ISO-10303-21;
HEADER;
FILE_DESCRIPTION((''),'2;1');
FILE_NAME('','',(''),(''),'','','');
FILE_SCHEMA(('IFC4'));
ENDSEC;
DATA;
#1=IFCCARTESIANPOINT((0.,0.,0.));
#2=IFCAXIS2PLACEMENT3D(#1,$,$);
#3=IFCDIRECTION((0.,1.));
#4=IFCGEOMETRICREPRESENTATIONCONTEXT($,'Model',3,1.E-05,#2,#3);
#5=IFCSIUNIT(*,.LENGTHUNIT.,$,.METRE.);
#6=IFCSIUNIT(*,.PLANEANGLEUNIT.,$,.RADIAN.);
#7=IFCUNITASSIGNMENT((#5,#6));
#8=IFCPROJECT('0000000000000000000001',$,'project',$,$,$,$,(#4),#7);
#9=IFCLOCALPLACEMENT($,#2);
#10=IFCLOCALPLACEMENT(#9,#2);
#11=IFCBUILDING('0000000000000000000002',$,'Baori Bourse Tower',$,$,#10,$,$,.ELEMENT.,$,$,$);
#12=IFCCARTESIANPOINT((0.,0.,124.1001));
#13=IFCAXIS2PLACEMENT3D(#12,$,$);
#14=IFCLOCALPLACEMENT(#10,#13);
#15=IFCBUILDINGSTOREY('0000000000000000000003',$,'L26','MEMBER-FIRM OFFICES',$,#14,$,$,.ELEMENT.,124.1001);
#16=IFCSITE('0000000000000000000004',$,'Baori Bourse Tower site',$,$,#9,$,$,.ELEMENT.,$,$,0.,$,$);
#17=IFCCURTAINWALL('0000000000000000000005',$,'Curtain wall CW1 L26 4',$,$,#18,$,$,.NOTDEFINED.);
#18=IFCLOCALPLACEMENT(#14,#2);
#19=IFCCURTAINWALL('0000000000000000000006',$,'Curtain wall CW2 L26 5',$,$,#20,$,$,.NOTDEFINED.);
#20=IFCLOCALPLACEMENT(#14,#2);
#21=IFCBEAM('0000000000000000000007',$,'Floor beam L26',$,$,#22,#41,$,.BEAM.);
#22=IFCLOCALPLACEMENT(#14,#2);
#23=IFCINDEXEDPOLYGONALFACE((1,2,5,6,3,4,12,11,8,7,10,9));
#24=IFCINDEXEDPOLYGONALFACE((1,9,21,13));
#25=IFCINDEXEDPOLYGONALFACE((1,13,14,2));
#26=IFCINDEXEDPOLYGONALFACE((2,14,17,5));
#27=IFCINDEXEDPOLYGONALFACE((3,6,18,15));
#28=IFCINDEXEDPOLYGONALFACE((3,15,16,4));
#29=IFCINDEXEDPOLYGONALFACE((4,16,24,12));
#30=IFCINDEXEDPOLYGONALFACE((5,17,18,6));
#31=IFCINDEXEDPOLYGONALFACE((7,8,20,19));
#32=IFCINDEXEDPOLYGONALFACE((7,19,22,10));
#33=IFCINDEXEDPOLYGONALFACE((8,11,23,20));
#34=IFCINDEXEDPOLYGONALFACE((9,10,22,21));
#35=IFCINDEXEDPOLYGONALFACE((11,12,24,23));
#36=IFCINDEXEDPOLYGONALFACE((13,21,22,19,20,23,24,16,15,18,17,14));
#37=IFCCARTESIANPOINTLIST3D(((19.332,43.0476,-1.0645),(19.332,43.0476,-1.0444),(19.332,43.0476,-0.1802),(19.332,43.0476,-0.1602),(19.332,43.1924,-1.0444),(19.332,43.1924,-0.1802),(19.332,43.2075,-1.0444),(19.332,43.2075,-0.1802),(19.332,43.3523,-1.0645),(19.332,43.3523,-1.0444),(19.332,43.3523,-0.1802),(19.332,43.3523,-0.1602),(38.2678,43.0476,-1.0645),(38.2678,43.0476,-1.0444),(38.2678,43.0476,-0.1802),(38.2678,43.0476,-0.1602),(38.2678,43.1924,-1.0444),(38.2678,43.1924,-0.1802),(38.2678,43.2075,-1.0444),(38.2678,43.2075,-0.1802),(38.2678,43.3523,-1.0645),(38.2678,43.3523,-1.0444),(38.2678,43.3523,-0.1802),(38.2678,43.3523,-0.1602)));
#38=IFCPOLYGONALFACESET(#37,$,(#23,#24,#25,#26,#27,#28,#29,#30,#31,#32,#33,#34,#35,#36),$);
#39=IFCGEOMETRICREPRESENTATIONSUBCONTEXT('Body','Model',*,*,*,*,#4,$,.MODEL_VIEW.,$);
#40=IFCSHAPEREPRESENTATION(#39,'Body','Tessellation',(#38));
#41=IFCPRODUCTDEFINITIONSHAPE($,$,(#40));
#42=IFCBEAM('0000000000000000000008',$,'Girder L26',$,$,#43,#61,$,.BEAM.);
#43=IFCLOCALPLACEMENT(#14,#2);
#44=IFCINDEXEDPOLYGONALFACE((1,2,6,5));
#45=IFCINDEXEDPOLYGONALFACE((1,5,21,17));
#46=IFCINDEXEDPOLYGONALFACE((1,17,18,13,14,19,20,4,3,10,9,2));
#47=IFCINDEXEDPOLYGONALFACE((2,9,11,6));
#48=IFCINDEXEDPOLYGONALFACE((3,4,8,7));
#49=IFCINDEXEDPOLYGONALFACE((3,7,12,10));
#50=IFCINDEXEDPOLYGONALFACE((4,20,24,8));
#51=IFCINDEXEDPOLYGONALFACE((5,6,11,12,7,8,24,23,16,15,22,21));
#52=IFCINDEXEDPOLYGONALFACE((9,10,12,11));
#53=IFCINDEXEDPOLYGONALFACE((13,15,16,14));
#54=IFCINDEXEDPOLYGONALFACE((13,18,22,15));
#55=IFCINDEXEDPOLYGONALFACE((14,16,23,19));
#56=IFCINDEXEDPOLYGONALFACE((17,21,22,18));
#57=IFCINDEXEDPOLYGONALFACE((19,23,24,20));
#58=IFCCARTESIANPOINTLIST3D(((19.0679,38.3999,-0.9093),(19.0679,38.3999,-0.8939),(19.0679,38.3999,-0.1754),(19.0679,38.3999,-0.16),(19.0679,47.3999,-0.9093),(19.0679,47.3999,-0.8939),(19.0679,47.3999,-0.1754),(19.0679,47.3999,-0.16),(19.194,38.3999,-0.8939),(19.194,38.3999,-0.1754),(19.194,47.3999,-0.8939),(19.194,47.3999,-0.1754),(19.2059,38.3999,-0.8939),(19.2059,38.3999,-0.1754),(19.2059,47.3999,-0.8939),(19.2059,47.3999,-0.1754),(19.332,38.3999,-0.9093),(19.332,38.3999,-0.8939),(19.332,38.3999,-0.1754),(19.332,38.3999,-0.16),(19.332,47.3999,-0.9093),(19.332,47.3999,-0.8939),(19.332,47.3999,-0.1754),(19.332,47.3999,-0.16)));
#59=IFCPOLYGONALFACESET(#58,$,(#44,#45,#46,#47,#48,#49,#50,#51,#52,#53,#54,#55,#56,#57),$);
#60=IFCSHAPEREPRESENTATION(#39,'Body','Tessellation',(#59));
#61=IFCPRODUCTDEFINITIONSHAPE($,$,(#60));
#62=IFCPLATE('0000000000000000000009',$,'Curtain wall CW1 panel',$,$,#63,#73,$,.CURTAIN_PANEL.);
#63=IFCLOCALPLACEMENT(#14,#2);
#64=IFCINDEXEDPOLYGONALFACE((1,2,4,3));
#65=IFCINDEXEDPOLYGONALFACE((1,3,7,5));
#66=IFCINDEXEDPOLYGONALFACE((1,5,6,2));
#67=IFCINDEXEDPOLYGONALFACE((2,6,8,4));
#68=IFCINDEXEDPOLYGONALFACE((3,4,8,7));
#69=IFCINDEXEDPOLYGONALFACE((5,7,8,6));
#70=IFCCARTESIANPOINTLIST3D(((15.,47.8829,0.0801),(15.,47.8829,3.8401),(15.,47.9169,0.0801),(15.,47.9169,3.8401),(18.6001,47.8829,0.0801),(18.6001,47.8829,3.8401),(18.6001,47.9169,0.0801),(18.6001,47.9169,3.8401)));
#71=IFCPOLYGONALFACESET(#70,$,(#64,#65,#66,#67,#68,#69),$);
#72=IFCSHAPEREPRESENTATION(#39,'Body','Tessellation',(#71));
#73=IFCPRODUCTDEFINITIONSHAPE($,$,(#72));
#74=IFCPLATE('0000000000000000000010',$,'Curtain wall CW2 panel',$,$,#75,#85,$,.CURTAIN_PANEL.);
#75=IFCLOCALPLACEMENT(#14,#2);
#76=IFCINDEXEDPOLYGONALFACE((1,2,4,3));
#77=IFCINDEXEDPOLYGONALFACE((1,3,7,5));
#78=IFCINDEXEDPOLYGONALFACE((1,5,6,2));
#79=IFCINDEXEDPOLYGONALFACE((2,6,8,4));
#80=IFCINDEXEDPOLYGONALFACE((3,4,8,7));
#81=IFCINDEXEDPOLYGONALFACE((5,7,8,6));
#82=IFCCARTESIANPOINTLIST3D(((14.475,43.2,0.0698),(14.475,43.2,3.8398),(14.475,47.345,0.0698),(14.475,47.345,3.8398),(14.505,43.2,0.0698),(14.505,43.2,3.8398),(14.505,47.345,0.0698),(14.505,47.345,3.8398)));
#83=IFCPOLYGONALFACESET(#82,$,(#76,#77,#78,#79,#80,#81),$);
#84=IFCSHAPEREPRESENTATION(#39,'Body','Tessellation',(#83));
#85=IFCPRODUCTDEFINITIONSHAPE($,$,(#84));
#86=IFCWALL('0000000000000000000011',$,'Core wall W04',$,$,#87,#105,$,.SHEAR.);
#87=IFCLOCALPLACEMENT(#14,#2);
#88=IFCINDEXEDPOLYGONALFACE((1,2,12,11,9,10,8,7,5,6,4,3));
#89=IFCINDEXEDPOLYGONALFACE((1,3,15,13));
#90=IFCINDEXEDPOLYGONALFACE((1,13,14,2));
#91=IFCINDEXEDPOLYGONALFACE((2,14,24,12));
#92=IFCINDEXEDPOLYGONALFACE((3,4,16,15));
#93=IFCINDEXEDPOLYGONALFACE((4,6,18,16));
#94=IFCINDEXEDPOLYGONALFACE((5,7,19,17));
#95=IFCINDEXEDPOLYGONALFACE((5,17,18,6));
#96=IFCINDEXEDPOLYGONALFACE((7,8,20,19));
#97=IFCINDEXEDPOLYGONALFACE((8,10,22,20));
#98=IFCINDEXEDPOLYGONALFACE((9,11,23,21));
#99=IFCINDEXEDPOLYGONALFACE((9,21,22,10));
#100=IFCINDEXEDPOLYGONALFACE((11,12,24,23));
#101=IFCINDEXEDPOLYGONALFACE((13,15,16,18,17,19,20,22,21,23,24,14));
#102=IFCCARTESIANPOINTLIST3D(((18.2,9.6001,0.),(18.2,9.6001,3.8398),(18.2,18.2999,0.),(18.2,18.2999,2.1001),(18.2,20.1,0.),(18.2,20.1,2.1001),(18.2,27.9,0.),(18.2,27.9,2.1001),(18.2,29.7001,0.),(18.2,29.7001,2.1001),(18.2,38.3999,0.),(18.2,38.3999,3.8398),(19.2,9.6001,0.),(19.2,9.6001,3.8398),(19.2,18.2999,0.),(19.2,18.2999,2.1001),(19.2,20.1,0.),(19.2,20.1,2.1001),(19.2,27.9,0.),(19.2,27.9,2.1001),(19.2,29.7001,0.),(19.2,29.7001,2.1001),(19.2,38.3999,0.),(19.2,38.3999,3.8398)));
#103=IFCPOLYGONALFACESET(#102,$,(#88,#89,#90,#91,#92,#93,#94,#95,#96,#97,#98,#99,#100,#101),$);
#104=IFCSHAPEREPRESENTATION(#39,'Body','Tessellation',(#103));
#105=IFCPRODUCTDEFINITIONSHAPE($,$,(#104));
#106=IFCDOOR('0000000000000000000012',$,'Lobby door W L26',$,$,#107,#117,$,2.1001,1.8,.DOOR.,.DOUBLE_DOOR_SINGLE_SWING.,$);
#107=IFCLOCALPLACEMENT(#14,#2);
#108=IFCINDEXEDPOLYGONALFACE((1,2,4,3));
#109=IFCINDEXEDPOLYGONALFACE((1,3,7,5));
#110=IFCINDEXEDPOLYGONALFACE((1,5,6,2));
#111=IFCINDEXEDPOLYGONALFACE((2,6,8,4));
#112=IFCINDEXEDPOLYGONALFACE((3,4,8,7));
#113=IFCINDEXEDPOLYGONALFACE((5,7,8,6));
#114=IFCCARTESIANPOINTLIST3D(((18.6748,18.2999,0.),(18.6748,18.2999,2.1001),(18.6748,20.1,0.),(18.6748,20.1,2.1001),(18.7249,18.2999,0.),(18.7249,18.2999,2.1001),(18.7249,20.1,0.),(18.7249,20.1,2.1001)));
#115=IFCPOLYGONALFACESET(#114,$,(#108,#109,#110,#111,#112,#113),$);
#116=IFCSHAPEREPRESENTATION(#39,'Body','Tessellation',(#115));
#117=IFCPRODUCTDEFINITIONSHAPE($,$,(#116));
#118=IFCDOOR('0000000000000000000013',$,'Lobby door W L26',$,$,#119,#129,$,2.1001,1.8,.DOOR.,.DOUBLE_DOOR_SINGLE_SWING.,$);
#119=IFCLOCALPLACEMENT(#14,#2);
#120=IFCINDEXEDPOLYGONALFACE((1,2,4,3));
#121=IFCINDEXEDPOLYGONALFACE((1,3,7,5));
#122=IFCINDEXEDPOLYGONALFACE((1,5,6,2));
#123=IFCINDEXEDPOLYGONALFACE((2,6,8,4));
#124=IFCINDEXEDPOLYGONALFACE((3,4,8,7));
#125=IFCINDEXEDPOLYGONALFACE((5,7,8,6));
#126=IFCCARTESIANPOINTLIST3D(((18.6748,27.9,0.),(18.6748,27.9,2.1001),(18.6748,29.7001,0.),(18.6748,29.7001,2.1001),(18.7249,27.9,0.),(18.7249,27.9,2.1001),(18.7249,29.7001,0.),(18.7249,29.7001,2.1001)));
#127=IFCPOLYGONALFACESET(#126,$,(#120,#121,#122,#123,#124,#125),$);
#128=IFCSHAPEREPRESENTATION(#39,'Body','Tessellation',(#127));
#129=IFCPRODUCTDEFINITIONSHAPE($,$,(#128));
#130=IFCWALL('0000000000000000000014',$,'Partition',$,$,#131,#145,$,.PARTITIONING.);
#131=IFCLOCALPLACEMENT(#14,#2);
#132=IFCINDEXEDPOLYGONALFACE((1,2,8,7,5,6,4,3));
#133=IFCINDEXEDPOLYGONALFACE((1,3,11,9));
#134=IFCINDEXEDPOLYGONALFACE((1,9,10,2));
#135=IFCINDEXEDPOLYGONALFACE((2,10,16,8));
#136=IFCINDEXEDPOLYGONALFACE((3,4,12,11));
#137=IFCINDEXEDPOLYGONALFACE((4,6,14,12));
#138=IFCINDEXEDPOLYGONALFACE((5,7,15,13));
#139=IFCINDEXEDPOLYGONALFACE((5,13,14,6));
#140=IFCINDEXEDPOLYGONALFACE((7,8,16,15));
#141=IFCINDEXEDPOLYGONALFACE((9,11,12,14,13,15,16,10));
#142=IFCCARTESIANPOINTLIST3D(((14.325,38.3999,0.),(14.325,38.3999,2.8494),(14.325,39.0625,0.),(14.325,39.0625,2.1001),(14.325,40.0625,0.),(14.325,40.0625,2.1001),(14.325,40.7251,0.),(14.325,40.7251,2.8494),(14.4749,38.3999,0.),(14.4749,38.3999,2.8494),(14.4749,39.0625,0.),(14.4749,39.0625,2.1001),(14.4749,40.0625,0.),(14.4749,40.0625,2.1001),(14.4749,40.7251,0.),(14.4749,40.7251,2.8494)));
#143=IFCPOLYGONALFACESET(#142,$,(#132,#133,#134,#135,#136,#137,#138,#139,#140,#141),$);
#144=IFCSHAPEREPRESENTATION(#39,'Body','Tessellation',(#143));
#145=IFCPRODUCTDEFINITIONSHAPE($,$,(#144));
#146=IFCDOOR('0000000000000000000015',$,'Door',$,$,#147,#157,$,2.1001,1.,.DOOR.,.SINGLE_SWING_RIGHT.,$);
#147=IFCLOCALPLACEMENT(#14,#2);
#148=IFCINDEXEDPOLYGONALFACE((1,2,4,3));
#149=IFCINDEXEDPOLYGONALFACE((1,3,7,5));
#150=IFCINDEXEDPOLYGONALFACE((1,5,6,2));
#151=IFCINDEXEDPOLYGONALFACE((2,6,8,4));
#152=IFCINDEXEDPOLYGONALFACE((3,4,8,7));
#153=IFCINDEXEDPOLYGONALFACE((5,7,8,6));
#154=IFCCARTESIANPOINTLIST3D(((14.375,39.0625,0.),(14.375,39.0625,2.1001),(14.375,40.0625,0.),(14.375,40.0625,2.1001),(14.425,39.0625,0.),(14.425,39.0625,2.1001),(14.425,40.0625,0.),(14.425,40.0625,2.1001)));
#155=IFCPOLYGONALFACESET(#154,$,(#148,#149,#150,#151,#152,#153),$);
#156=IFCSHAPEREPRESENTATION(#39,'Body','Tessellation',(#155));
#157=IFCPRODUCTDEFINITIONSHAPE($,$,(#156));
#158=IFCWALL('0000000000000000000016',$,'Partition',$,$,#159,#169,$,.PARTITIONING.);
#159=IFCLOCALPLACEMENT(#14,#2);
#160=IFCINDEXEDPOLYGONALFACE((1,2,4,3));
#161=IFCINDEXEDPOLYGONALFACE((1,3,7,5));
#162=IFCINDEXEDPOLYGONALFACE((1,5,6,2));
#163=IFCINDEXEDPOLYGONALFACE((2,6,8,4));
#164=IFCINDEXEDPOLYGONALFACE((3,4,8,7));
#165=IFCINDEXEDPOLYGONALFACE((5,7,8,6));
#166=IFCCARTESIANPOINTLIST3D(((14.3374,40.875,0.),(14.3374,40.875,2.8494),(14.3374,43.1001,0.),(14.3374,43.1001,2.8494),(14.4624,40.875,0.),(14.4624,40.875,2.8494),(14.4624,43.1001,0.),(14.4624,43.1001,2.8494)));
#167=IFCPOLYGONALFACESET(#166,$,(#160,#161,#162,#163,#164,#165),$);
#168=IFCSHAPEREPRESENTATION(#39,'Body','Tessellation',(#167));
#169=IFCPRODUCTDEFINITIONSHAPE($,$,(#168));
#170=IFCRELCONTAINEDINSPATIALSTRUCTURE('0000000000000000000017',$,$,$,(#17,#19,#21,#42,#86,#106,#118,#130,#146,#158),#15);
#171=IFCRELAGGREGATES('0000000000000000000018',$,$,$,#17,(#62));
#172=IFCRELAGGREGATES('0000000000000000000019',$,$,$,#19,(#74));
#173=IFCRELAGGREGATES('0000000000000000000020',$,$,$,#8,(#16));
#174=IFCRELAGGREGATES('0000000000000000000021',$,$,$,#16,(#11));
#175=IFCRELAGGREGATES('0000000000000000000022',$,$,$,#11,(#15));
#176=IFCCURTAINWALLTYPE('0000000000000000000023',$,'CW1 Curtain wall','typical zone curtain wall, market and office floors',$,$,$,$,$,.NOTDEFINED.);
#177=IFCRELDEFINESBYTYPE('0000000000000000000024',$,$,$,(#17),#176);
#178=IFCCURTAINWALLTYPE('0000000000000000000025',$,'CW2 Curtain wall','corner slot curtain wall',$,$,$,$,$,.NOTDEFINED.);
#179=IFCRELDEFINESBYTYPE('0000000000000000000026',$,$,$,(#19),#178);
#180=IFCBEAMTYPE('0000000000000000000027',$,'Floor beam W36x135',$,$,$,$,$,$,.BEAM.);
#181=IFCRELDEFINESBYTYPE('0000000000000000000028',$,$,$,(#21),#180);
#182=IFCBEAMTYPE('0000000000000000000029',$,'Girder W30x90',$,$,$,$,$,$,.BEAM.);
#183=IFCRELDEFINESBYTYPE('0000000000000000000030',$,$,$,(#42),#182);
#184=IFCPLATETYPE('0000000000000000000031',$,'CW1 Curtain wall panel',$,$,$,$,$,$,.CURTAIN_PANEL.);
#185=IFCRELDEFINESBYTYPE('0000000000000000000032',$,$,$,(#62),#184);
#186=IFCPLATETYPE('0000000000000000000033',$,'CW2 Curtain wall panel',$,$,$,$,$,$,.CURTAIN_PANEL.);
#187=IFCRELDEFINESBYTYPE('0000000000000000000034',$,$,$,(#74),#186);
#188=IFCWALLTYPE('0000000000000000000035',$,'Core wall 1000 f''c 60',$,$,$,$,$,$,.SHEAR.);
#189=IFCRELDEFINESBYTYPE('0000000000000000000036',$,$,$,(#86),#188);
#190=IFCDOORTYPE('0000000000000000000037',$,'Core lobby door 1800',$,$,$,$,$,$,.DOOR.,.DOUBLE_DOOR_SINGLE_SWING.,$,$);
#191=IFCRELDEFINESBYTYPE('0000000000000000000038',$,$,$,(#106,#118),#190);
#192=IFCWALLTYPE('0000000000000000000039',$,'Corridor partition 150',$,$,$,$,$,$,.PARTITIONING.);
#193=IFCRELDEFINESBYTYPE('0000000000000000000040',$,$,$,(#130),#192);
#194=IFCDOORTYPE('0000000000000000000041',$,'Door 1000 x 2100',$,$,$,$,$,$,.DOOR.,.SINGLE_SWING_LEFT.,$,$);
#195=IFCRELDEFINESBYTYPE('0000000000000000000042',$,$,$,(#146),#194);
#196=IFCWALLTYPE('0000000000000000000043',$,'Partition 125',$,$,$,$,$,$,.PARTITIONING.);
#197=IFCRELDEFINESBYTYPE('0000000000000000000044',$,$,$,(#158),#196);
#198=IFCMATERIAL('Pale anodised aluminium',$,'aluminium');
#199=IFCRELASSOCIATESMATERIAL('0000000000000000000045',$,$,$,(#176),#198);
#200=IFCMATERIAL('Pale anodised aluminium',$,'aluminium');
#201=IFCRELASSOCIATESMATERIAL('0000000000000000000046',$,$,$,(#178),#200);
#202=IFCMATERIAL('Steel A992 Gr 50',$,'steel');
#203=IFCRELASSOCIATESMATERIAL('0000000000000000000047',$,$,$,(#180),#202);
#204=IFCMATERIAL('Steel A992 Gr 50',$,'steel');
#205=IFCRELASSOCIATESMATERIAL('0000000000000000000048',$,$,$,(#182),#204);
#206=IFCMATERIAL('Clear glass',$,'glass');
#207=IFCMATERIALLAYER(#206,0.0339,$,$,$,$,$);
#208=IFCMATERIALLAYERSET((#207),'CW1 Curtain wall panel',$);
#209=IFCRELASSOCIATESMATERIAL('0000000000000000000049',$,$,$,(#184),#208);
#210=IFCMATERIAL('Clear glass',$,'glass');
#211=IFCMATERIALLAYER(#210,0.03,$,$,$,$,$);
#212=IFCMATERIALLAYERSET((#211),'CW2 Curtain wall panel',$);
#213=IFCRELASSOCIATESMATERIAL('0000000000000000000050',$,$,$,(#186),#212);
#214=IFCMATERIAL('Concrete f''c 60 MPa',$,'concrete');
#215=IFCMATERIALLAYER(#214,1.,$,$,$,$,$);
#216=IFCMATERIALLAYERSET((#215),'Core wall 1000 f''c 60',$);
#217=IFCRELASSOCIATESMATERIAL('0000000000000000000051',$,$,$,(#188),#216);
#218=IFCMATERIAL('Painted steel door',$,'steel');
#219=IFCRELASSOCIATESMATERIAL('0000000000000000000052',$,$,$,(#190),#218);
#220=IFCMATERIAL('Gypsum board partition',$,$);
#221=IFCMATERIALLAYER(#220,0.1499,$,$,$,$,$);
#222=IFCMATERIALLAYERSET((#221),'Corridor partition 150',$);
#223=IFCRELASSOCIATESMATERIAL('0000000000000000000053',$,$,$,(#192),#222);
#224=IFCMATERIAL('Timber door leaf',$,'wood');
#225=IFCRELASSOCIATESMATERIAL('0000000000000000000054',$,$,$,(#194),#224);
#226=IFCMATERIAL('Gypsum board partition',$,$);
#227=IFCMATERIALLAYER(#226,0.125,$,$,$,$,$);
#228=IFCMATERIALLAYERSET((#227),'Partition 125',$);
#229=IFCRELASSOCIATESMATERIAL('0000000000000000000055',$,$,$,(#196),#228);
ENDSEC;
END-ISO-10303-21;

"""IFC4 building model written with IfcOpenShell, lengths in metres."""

from ifc_helpers import new_model, si_unit, direction, frame, frame_2d, origin, origin_2d, place, context, subcontext, project, spatial, rectangle, i_section, extrude, material, layer, layer_set, material_profile, profile_set, type_object, element, fill, aggregate, save


model = new_model("IFC4")

# Units and contexts
model_context = context("Model", 3, precision=1e-05, world=origin(), true_north=direction((0.0, 1.0)))
body_context = subcontext(model_context, "Body", "Model", "MODEL_VIEW")
ifc_project = project(units=[si_unit("LENGTHUNIT", "METRE"), si_unit("PLANEANGLEUNIT", "RADIAN")], contexts=[model_context])

# Site, building, storey
site_placement = place(None, origin())
site = spatial("IfcSite", under=ifc_project, at=site_placement, Name="Baori Bourse Tower site", CompositionType="ELEMENT", RefElevation=0.0)
building_placement = place(site_placement, origin())
building = spatial("IfcBuilding", under=site, at=building_placement, Name="Baori Bourse Tower", CompositionType="ELEMENT")
storey_placement = place(building_placement, frame((0.0, 0.0, 124.1001)))
storey = spatial("IfcBuildingStorey", under=building, at=storey_placement, Name="L26", Description="MEMBER-FIRM OFFICES", CompositionType="ELEMENT", Elevation=124.1001)

# Curtain wall
ifc_material_1 = material(Name="Pale anodised aluminium", Category="aluminium")
curtain_wall_type_1 = type_object("IfcCurtainWallType", Name="CW1 Curtain wall", Description="typical zone curtain wall, market and office floors", PredefinedType="NOTDEFINED", material=ifc_material_1)
curtain_wall_1_placement = place(storey_placement, origin())
curtain_wall_1 = element("IfcCurtainWall", 1, at=curtain_wall_1_placement, inside=storey, type_object=curtain_wall_type_1, Name="Curtain wall CW1 L26 4", PredefinedType="NOTDEFINED")

# Curtain wall
ifc_material_2 = material(Name="Pale anodised aluminium", Category="aluminium")
curtain_wall_type_2 = type_object("IfcCurtainWallType", Name="CW2 Curtain wall", Description="corner slot curtain wall", PredefinedType="NOTDEFINED", material=ifc_material_2)
curtain_wall_2_placement = place(storey_placement, origin())
curtain_wall_2 = element("IfcCurtainWall", 2, at=curtain_wall_2_placement, inside=storey, type_object=curtain_wall_type_2, Name="Curtain wall CW2 L26 5", PredefinedType="NOTDEFINED")

# Beams
ifc_material_3 = material(Name="Steel A992 Gr 50", Category="steel")
ifc_material_profile_1 = material_profile(ifc_material_3, i_section(OverallWidth=0.3047, OverallDepth=0.9043, WebThickness=0.0151, FlangeThickness=0.02, at=origin_2d()), Name="W36x135")
ifc_profile_set_1 = profile_set([ifc_material_profile_1], Name="Steel A992 Gr 50")
beam_type_1 = type_object("IfcBeamType", Name="Floor beam W36x135", PredefinedType="BEAM", material=ifc_profile_set_1)
beam_1_placement = place(storey_placement, frame((19.332, 43.2, -0.6123), z_axis=(1.0, 0.0, 0.0), x_axis=(0.0, 1.0, 0.0)))
element("IfcBeam", 3, at=beam_1_placement, inside=storey, type_object=beam_type_1, Name="Floor beam L26", PredefinedType="BEAM", context=body_context, shape_type="SweptSolid", body=[
    extrude(i_section(OverallWidth=0.3047, OverallDepth=0.9043, WebThickness=0.0151, FlangeThickness=0.02, at=origin_2d()), origin(), (0.0, 0.0, 1.0), 18.9358),
])
ifc_material_4 = material(Name="Steel A992 Gr 50", Category="steel")
ifc_material_profile_2 = material_profile(ifc_material_4, i_section(OverallWidth=0.2642, OverallDepth=0.7493, WebThickness=0.012, FlangeThickness=0.0154, at=origin_2d()), Name="W30x90")
ifc_profile_set_2 = profile_set([ifc_material_profile_2], Name="Steel A992 Gr 50")
beam_type_2 = type_object("IfcBeamType", Name="Girder W30x90", PredefinedType="BEAM", material=ifc_profile_set_2)
beam_2_placement = place(storey_placement, frame((19.2, 38.3999, -0.5347), z_axis=(0.0, 1.0, 0.0), x_axis=(-1.0, 0.0, 0.0)))
element("IfcBeam", 4, at=beam_2_placement, inside=storey, type_object=beam_type_2, Name="Girder L26", PredefinedType="BEAM", context=body_context, shape_type="SweptSolid", body=[
    extrude(i_section(OverallWidth=0.2642, OverallDepth=0.7493, WebThickness=0.012, FlangeThickness=0.0154, at=origin_2d()), origin(), (0.0, 0.0, 1.0), 9.0),
])

# Plates
ifc_material_5 = material(Name="Clear glass", Category="glass")
ifc_layer_1 = layer(ifc_material_5, 0.0339)
ifc_layer_set_1 = layer_set([ifc_layer_1], Name="CW1 Curtain wall panel")
plate_type_1 = type_object("IfcPlateType", Name="CW1 Curtain wall panel", PredefinedType="CURTAIN_PANEL", material=ifc_layer_set_1)
plate_1_placement = place(storey_placement, frame((16.8, 47.8999, 0.0801), z_axis=(0.0, 0.0, 1.0), x_axis=(-1.0, 0.0, 0.0)))
plate_1 = element("IfcPlate", 5, at=plate_1_placement, type_object=plate_type_1, Name="Curtain wall CW1 panel", PredefinedType="CURTAIN_PANEL", context=body_context, shape_type="SweptSolid", body=[
    extrude(rectangle(XDim=3.6001, YDim=0.0339, at=origin_2d()), origin(), (0.0, 0.0, 1.0), 3.76),
])
aggregate(curtain_wall_1, [plate_1])
ifc_material_6 = material(Name="Clear glass", Category="glass")
ifc_layer_2 = layer(ifc_material_6, 0.03)
ifc_layer_set_2 = layer_set([ifc_layer_2], Name="CW2 Curtain wall panel")
plate_type_2 = type_object("IfcPlateType", Name="CW2 Curtain wall panel", PredefinedType="CURTAIN_PANEL", material=ifc_layer_set_2)
plate_2_placement = place(storey_placement, frame((14.49, 45.2725, 0.0698), z_axis=(0.0, 0.0, 1.0), x_axis=(0.0, -1.0, 0.0)))
plate_2 = element("IfcPlate", 6, at=plate_2_placement, type_object=plate_type_2, Name="Curtain wall CW2 panel", PredefinedType="CURTAIN_PANEL", context=body_context, shape_type="SweptSolid", body=[
    extrude(rectangle(XDim=4.145, YDim=0.03, at=origin_2d()), origin(), (0.0, 0.0, 1.0), 3.77),
])
aggregate(curtain_wall_2, [plate_2])

# Wall, openings, doors
ifc_material_7 = material(Name="Concrete f'c 60 MPa", Category="concrete")
ifc_layer_3 = layer(ifc_material_7, 1.0)
ifc_layer_set_3 = layer_set([ifc_layer_3], Name="Core wall 1000 f'c 60")
wall_type_1 = type_object("IfcWallType", Name="Core wall 1000 f'c 60", PredefinedType="SHEAR", material=ifc_layer_set_3)
wall_1_placement = place(storey_placement, frame((18.7, 38.3999, 0.0), z_axis=(0.0, 0.0, 1.0), x_axis=(0.0, -1.0, 0.0)))
wall_1 = element("IfcWall", 7, at=wall_1_placement, inside=storey, type_object=wall_type_1, Name="Core wall W04", PredefinedType="SHEAR", context=body_context, shape_type="SweptSolid", body=[
    extrude(rectangle(XDim=28.7998, YDim=1.0, at=frame_2d((14.3999, 0.0))), origin(), (0.0, 0.0, 1.0), 3.8398),
])
opening_1_placement = place(wall_1_placement, frame((18.3, 0.0, 0.0)))
opening_1 = element("IfcOpeningElement", 8, at=opening_1_placement, cuts=wall_1, PredefinedType="OPENING", context=body_context, shape_type="SweptSolid", body=[
    extrude(rectangle(XDim=1.8, YDim=2.1001, at=frame_2d((0.8999, 1.05))), frame((0.0, 0.51, 0.0), z_axis=(0.0, -1.0, 0.0), x_axis=(1.0, 0.0, 0.0)), (0.0, 0.0, 1.0), 1.02),
])
opening_2_placement = place(wall_1_placement, frame((8.7, 0.0, 0.0)))
opening_2 = element("IfcOpeningElement", 9, at=opening_2_placement, cuts=wall_1, PredefinedType="OPENING", context=body_context, shape_type="SweptSolid", body=[
    extrude(rectangle(XDim=1.8, YDim=2.1001, at=frame_2d((0.8999, 1.05))), frame((0.0, 0.51, 0.0), z_axis=(0.0, -1.0, 0.0), x_axis=(1.0, 0.0, 0.0)), (0.0, 0.0, 1.0), 1.02),
])
ifc_material_8 = material(Name="Painted steel door", Category="steel")
door_type_1 = type_object("IfcDoorType", Name="Core lobby door 1800", OperationType="DOUBLE_DOOR_SINGLE_SWING", PredefinedType="DOOR", material=ifc_material_8)
door_1_placement = place(opening_1_placement, origin())
door_1 = element("IfcDoor", 10, at=door_1_placement, inside=storey, type_object=door_type_1, Name="Lobby door W L26", OperationType="DOUBLE_DOOR_SINGLE_SWING", OverallHeight=2.1001, OverallWidth=1.8, PredefinedType="DOOR", context=body_context, shape_type="SweptSolid", body=[
    extrude(rectangle(XDim=1.8, YDim=2.1001, at=frame_2d((0.8999, 1.05))), frame((0.0, 0.0249, 0.0), z_axis=(0.0, -1.0, 0.0), x_axis=(1.0, 0.0, 0.0)), (0.0, 0.0, 1.0), 0.05),
])
fill(opening_1, door_1)
door_2_placement = place(opening_2_placement, origin())
door_2 = element("IfcDoor", 11, at=door_2_placement, inside=storey, type_object=door_type_1, Name="Lobby door W L26", OperationType="DOUBLE_DOOR_SINGLE_SWING", OverallHeight=2.1001, OverallWidth=1.8, PredefinedType="DOOR", context=body_context, shape_type="SweptSolid", body=[
    extrude(rectangle(XDim=1.8, YDim=2.1001, at=frame_2d((0.8999, 1.05))), frame((0.0, 0.0249, 0.0), z_axis=(0.0, -1.0, 0.0), x_axis=(1.0, 0.0, 0.0)), (0.0, 0.0, 1.0), 0.05),
])
fill(opening_2, door_2)

# Wall, opening, door
ifc_material_9 = material(Name="Gypsum board partition")
ifc_layer_4 = layer(ifc_material_9, 0.1499)
ifc_layer_set_4 = layer_set([ifc_layer_4], Name="Corridor partition 150")
wall_type_2 = type_object("IfcWallType", Name="Corridor partition 150", PredefinedType="PARTITIONING", material=ifc_layer_set_4)
wall_2_placement = place(storey_placement, frame((14.3999, 38.3999, 0.0), z_axis=(0.0, 0.0, 1.0), x_axis=(0.0, 1.0, 0.0)))
wall_2 = element("IfcWall", 12, at=wall_2_placement, inside=storey, type_object=wall_type_2, Name="Partition", PredefinedType="PARTITIONING", context=body_context, shape_type="SweptSolid", body=[
    extrude(rectangle(XDim=2.3252, YDim=0.1499, at=frame_2d((1.1626, 0.0))), origin(), (0.0, 0.0, 1.0), 2.8494),
])
opening_3_placement = place(wall_2_placement, frame((0.6626, 0.0, 0.0)))
opening_3 = element("IfcOpeningElement", 13, at=opening_3_placement, cuts=wall_2, PredefinedType="OPENING", context=body_context, shape_type="SweptSolid", body=[
    extrude(rectangle(XDim=1.0, YDim=2.1001, at=frame_2d((0.5, 1.05))), frame((0.0, 0.085, 0.0), z_axis=(0.0, -1.0, 0.0), x_axis=(1.0, 0.0, 0.0)), (0.0, 0.0, 1.0), 0.1699),
])
ifc_material_10 = material(Name="Timber door leaf", Category="wood")
door_type_2 = type_object("IfcDoorType", Name="Door 1000 x 2100", OperationType="SINGLE_SWING_LEFT", PredefinedType="DOOR", material=ifc_material_10)
door_3_placement = place(opening_3_placement, origin())
door_3 = element("IfcDoor", 14, at=door_3_placement, inside=storey, type_object=door_type_2, Name="Door", OperationType="SINGLE_SWING_RIGHT", OverallHeight=2.1001, OverallWidth=1.0, PredefinedType="DOOR", context=body_context, shape_type="SweptSolid", body=[
    extrude(rectangle(XDim=1.0, YDim=2.1001, at=frame_2d((0.5, 1.05))), frame((0.0, 0.0249, 0.0), z_axis=(0.0, -1.0, 0.0), x_axis=(1.0, 0.0, 0.0)), (0.0, 0.0, 1.0), 0.05),
])
fill(opening_3, door_3)

# Wall
ifc_material_11 = material(Name="Gypsum board partition")
ifc_layer_5 = layer(ifc_material_11, 0.125)
ifc_layer_set_5 = layer_set([ifc_layer_5], Name="Partition 125")
wall_type_3 = type_object("IfcWallType", Name="Partition 125", PredefinedType="PARTITIONING", material=ifc_layer_set_5)
wall_3_placement = place(storey_placement, frame((14.3999, 40.875, 0.0), z_axis=(0.0, 0.0, 1.0), x_axis=(0.0, 1.0, 0.0)))
element("IfcWall", 15, at=wall_3_placement, inside=storey, type_object=wall_type_3, Name="Partition", PredefinedType="PARTITIONING", context=body_context, shape_type="SweptSolid", body=[
    extrude(rectangle(XDim=2.2251, YDim=0.125, at=frame_2d((1.1125, 0.0))), origin(), (0.0, 0.0, 1.0), 2.8494),
])

save(model, "model.ifc")
